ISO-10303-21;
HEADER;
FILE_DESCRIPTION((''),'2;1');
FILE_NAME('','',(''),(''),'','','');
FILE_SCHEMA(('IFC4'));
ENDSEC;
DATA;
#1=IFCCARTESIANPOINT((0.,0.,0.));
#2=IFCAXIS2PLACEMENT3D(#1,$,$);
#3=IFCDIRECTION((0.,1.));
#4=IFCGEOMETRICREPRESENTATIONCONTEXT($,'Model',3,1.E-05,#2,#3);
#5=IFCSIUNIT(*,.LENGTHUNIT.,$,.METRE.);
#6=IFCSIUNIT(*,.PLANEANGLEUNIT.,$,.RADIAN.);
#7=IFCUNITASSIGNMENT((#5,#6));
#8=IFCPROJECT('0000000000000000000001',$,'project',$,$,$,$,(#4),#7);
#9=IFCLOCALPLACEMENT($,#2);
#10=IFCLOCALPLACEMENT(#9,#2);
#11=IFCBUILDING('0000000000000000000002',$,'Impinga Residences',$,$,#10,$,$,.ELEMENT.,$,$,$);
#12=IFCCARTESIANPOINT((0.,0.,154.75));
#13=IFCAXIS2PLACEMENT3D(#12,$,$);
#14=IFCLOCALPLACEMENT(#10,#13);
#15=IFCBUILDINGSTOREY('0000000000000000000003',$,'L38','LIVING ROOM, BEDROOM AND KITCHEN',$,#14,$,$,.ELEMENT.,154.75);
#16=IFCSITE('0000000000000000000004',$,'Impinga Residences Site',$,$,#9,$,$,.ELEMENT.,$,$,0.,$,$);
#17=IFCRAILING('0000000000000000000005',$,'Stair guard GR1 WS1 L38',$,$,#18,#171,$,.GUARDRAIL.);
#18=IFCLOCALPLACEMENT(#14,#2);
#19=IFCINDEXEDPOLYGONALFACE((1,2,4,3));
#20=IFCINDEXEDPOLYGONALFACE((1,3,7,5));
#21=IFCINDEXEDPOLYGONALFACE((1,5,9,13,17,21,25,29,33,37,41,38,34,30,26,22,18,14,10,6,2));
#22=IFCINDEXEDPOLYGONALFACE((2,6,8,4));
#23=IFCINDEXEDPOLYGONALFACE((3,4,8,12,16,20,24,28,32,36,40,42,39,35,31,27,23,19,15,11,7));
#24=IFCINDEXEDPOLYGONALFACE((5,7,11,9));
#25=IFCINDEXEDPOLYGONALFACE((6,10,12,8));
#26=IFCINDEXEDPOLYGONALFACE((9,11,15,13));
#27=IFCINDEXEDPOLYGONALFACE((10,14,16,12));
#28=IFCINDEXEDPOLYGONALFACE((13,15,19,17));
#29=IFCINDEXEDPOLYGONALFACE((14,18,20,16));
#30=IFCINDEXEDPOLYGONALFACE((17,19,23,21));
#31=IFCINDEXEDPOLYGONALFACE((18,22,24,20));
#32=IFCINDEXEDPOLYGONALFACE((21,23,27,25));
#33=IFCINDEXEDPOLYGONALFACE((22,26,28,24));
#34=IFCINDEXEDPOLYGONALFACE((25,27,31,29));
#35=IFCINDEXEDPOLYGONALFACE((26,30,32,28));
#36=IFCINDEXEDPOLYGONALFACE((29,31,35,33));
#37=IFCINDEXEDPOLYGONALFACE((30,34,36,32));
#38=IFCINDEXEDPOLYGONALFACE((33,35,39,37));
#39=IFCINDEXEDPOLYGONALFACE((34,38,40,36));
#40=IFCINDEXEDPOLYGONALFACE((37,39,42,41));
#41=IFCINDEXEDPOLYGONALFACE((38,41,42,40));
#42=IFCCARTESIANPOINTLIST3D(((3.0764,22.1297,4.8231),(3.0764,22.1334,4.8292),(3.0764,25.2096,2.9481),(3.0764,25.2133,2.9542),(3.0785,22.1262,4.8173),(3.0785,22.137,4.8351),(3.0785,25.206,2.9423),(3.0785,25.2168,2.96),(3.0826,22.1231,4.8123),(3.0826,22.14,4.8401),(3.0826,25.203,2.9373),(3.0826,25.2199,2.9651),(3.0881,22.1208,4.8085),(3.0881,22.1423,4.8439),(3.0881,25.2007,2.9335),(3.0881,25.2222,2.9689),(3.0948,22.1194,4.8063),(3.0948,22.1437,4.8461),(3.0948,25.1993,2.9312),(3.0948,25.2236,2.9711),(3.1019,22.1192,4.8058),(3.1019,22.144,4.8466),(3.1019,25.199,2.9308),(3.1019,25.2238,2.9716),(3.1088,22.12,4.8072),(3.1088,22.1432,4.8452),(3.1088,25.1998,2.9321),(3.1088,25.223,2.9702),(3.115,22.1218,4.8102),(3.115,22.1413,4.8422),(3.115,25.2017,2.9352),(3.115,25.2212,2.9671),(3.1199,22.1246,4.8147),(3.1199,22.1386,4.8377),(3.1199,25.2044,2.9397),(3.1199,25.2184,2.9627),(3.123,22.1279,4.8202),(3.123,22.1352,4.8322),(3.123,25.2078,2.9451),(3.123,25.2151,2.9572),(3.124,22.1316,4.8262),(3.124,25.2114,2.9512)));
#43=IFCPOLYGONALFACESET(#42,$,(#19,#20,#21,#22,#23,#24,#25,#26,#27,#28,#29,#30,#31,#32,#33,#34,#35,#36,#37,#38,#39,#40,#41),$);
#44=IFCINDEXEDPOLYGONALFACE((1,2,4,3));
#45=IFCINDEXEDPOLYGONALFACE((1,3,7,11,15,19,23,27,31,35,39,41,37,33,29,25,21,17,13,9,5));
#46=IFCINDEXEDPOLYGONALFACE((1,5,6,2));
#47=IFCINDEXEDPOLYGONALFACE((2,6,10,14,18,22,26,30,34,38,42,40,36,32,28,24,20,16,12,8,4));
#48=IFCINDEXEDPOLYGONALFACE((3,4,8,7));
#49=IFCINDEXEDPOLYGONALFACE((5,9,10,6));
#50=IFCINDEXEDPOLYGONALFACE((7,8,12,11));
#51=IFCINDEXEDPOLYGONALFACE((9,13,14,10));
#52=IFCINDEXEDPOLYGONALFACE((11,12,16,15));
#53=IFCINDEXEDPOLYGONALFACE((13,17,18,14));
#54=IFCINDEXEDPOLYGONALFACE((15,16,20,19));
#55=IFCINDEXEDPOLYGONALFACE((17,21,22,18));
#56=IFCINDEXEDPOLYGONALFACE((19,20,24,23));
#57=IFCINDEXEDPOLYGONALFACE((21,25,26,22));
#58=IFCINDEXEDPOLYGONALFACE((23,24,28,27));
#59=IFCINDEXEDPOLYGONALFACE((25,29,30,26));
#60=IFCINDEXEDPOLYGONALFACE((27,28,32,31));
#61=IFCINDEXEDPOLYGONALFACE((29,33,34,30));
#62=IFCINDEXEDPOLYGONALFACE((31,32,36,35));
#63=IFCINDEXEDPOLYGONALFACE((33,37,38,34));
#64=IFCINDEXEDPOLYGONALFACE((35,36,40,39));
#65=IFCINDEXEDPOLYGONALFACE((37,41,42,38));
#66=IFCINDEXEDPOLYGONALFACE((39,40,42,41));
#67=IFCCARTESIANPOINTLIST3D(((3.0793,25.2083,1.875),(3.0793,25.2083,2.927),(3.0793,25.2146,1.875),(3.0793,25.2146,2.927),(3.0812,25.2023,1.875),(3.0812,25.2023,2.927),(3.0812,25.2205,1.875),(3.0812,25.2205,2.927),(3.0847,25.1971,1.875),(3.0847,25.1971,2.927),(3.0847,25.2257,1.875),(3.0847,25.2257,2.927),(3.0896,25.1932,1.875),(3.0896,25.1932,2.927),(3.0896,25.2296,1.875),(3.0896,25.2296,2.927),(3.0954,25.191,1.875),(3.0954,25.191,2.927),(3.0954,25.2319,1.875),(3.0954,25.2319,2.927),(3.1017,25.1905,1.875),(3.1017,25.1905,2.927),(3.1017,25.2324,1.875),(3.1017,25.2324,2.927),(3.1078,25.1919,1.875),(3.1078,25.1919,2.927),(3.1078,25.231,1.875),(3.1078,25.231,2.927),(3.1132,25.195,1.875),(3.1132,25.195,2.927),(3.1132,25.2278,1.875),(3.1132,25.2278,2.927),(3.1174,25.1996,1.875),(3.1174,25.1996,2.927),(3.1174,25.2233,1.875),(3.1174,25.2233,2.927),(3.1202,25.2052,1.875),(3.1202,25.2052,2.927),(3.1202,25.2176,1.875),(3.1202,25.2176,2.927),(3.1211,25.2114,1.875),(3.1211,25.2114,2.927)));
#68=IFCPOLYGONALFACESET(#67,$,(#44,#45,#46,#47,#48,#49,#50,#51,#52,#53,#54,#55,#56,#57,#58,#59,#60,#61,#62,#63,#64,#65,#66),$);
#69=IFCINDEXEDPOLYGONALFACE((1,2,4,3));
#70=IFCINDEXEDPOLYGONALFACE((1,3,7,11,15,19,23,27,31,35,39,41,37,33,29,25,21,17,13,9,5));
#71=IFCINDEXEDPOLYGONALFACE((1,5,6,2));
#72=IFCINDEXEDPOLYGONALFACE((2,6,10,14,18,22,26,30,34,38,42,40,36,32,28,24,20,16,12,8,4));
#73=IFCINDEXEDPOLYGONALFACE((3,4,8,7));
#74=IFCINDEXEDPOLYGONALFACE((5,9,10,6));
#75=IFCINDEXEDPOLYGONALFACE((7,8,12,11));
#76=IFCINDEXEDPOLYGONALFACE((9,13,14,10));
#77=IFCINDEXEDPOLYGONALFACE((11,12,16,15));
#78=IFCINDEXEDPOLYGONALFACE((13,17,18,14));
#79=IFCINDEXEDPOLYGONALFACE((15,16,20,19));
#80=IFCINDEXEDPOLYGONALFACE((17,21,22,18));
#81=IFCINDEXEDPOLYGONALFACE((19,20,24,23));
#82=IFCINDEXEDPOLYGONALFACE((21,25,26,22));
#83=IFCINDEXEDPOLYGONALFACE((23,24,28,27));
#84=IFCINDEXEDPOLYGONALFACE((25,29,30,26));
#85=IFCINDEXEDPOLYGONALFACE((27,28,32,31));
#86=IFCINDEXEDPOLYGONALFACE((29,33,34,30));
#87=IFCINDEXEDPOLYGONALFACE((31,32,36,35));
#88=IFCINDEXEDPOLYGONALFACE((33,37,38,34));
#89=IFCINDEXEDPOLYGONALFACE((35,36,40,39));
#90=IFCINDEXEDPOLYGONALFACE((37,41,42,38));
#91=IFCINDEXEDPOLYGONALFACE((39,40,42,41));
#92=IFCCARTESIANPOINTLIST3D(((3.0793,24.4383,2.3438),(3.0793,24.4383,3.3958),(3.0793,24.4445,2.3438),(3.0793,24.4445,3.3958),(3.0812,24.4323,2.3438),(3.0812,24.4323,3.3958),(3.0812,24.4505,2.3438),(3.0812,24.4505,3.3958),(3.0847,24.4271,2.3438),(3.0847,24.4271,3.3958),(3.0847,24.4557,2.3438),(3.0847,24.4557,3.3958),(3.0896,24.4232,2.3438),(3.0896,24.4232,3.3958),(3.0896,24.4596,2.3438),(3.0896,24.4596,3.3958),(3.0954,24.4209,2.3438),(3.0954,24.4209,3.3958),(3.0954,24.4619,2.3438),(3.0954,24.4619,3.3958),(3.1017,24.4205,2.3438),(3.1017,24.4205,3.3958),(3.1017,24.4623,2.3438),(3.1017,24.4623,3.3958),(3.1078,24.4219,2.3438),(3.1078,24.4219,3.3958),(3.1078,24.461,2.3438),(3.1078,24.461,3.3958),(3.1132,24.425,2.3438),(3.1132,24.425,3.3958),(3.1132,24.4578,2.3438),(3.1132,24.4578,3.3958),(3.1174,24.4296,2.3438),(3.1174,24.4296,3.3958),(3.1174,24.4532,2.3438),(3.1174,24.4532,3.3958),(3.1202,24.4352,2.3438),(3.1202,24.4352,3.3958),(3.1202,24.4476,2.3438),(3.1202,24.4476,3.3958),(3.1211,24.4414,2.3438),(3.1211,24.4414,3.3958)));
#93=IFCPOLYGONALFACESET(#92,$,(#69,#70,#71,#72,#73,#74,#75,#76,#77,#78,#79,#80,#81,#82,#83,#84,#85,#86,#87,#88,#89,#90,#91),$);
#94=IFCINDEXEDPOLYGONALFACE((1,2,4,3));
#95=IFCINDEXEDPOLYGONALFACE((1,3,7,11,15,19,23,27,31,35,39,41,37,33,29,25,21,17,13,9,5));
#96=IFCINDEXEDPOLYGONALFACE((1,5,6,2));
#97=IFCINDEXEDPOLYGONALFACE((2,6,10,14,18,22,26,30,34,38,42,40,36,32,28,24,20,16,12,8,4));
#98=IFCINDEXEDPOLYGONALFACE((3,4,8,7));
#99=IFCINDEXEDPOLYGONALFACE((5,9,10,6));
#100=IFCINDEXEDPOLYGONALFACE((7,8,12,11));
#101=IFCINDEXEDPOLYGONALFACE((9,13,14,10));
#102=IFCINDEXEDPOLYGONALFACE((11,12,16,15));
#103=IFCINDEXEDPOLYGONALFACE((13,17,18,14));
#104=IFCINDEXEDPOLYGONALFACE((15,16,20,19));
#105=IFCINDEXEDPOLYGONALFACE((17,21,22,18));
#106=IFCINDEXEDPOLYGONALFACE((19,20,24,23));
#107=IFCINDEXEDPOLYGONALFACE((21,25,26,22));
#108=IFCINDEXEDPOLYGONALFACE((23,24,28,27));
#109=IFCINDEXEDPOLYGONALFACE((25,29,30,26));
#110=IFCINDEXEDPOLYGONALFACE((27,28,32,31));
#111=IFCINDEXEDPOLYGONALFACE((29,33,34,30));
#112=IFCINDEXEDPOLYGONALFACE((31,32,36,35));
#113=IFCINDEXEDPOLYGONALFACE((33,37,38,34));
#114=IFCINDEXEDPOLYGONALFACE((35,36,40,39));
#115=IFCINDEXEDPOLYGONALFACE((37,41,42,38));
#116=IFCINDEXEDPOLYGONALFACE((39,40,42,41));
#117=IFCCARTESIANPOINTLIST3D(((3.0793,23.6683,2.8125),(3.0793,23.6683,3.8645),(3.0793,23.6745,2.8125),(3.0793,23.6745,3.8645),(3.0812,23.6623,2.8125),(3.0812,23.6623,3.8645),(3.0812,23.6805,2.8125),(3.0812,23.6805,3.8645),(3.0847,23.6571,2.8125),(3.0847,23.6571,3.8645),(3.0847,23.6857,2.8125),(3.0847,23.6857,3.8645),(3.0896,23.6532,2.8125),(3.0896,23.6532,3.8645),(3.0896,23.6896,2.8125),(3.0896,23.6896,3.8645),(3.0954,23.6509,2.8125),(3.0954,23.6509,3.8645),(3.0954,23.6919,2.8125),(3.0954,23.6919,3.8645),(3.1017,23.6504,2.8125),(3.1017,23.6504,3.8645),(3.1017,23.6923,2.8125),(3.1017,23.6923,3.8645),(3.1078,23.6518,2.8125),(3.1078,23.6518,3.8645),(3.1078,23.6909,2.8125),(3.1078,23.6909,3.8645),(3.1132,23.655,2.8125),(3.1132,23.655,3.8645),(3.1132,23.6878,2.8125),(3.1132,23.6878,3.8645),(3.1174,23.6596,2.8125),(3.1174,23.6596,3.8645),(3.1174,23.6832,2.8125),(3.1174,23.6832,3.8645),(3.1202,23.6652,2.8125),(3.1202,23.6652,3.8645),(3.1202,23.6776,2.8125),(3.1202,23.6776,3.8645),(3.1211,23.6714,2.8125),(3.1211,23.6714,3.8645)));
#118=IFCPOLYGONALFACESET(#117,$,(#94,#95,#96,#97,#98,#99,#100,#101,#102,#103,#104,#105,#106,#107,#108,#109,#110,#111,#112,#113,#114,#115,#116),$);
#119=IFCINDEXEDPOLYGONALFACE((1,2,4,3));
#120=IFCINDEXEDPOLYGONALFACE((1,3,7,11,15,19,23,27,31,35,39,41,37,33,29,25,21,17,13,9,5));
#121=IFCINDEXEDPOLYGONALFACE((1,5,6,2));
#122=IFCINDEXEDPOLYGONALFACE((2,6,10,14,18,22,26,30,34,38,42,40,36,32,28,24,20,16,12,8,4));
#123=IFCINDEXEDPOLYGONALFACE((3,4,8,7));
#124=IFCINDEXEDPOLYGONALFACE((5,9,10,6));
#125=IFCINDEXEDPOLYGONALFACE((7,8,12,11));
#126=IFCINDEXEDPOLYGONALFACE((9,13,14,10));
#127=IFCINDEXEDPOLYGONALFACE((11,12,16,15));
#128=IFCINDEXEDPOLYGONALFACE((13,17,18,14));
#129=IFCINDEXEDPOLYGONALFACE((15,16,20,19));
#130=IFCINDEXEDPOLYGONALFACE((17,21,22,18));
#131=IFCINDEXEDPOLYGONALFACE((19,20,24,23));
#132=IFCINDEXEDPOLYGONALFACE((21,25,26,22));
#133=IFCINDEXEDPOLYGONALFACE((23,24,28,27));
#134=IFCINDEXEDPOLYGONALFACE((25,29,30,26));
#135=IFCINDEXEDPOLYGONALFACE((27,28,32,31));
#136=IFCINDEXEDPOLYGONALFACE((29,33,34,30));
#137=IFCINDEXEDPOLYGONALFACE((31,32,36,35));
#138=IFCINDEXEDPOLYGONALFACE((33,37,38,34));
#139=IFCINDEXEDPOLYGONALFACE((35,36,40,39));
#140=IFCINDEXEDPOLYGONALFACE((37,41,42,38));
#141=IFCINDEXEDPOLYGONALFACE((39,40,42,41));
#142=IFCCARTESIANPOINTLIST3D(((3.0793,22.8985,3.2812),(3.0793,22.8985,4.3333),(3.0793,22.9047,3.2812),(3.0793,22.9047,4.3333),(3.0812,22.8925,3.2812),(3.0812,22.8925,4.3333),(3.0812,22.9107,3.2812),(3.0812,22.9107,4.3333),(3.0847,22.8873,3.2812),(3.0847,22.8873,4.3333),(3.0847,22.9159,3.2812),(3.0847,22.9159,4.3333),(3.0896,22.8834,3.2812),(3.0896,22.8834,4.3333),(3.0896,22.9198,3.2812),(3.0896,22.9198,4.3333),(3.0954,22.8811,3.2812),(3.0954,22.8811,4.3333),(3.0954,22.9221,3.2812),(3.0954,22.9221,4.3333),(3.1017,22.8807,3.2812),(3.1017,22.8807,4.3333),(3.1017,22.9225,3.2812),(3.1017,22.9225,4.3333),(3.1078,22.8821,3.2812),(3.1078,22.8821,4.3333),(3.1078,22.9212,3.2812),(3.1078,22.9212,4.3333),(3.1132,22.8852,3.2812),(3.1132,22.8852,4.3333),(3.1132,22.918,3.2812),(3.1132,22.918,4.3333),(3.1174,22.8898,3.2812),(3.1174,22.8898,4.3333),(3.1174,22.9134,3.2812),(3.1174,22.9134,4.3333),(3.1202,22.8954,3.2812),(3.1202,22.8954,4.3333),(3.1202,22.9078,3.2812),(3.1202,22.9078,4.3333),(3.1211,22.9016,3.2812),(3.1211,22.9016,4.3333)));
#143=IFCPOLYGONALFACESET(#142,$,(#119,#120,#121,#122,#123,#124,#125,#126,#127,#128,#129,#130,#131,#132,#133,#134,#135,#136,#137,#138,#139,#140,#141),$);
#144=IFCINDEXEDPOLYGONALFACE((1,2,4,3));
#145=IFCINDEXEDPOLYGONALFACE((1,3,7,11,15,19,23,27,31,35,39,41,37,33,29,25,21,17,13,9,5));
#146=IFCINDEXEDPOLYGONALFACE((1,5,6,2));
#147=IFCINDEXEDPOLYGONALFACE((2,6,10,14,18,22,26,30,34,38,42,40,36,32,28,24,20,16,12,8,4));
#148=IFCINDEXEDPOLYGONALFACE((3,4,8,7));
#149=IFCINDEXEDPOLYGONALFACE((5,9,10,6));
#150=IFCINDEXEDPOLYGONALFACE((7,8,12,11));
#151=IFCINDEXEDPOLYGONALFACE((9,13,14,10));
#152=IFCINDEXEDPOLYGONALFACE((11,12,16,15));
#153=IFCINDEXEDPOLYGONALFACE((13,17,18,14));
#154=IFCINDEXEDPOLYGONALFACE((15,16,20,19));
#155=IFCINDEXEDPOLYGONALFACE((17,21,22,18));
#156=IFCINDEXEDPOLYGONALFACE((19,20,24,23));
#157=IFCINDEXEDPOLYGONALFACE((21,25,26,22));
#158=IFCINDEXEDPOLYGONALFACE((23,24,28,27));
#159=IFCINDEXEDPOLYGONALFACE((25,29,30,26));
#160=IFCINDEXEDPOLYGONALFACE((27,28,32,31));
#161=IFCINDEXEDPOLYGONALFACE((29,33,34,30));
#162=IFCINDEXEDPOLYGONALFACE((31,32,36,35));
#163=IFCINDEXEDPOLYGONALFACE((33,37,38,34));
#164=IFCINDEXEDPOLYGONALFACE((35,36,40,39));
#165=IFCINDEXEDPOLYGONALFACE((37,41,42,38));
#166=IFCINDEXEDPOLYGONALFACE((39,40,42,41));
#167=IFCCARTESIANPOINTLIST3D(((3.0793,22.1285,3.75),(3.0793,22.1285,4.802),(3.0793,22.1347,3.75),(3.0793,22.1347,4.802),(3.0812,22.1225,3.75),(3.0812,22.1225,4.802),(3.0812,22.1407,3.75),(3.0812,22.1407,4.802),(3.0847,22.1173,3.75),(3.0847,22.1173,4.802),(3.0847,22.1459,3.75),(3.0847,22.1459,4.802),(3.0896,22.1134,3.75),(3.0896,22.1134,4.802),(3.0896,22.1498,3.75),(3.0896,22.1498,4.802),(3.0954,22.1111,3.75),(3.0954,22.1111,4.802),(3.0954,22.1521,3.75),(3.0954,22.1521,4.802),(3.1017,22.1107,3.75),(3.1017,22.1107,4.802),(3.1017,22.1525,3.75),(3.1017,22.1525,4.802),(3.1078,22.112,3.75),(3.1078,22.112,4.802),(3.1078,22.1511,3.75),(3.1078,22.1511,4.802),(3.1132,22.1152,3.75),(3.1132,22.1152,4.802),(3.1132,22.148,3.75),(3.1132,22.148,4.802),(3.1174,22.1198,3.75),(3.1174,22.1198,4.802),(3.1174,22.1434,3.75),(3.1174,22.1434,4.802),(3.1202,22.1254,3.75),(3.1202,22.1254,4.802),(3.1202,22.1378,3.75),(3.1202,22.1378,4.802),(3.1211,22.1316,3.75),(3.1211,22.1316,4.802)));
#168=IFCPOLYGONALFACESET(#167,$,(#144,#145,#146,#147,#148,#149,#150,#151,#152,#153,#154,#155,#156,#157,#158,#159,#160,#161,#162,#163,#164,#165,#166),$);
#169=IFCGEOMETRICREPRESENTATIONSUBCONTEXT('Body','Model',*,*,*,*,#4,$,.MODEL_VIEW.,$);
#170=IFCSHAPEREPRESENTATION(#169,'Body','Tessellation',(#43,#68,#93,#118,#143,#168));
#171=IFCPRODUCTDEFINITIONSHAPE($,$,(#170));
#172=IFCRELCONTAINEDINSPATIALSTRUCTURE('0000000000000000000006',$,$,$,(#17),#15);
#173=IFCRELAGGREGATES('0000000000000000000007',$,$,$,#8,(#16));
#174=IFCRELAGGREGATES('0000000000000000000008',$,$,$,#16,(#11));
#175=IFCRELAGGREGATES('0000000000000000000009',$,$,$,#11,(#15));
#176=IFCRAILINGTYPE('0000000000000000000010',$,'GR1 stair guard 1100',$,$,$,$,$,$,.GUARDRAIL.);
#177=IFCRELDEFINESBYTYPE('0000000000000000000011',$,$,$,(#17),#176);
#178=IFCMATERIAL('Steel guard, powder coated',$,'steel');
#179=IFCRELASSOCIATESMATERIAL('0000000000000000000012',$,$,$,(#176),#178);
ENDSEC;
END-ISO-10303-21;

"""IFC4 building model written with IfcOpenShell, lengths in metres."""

from ifc_helpers import new_model, si_unit, direction, frame, origin, origin_2d, place, context, subcontext, project, spatial, circle, extrude, material, type_object, element, save


model = new_model("IFC4")

# Units and contexts
model_context = context("Model", 3, precision=1e-05, world=origin(), true_north=direction((0.0, 1.0)))
body_context = subcontext(model_context, "Body", "Model", "MODEL_VIEW")
ifc_project = project(units=[si_unit("LENGTHUNIT", "METRE"), si_unit("PLANEANGLEUNIT", "RADIAN")], contexts=[model_context])

# Site, building, storey
site_placement = place(None, origin())
site = spatial("IfcSite", under=ifc_project, at=site_placement, Name="Impinga Residences Site", CompositionType="ELEMENT", RefElevation=0.0)
building_placement = place(site_placement, origin())
building = spatial("IfcBuilding", under=site, at=building_placement, Name="Impinga Residences", CompositionType="ELEMENT")
storey_placement = place(building_placement, frame((0.0, 0.0, 154.75)))
storey = spatial("IfcBuildingStorey", under=building, at=storey_placement, Name="L38", Description="LIVING ROOM, BEDROOM AND KITCHEN", CompositionType="ELEMENT", Elevation=154.75)

# Railing
ifc_material_1 = material(Name="Steel guard, powder coated", Category="steel")
railing_type_1 = type_object("IfcRailingType", Name="GR1 stair guard 1100", PredefinedType="GUARDRAIL", material=ifc_material_1)
railing_1_placement = place(storey_placement, frame((3.1001, 25.2114, 1.875)))
element("IfcRailing", 1, at=railing_1_placement, inside=storey, type_object=railing_type_1, Name="Stair guard GR1 WS1 L38", PredefinedType="GUARDRAIL", context=body_context, shape_type="SweptSolid", body=[
    extrude(circle(Radius=0.0239, at=origin_2d()), frame((0.0, 0.0, 1.0762), z_axis=(0.0, -0.854159, 0.520011), x_axis=(1.0, 0.0, 0.0)), (0.0, 0.0, 1.0), 3.6057),
    extrude(circle(Radius=0.021, at=origin_2d()), origin(), (0.0, 0.0, 1.0), 1.052),
    extrude(circle(Radius=0.021, at=origin_2d()), frame((0.0, -0.77, 0.4688)), (0.0, 0.0, 1.0), 1.052),
    extrude(circle(Radius=0.021, at=origin_2d()), frame((0.0, -1.54, 0.9375)), (0.0, 0.0, 1.0), 1.052),
    extrude(circle(Radius=0.021, at=origin_2d()), frame((0.0, -2.3098, 1.4062)), (0.0, 0.0, 1.0), 1.052),
    extrude(circle(Radius=0.021, at=origin_2d()), frame((0.0, -3.0798, 1.875)), (0.0, 0.0, 1.0), 1.052),
])

save(model, "model.ifc")
